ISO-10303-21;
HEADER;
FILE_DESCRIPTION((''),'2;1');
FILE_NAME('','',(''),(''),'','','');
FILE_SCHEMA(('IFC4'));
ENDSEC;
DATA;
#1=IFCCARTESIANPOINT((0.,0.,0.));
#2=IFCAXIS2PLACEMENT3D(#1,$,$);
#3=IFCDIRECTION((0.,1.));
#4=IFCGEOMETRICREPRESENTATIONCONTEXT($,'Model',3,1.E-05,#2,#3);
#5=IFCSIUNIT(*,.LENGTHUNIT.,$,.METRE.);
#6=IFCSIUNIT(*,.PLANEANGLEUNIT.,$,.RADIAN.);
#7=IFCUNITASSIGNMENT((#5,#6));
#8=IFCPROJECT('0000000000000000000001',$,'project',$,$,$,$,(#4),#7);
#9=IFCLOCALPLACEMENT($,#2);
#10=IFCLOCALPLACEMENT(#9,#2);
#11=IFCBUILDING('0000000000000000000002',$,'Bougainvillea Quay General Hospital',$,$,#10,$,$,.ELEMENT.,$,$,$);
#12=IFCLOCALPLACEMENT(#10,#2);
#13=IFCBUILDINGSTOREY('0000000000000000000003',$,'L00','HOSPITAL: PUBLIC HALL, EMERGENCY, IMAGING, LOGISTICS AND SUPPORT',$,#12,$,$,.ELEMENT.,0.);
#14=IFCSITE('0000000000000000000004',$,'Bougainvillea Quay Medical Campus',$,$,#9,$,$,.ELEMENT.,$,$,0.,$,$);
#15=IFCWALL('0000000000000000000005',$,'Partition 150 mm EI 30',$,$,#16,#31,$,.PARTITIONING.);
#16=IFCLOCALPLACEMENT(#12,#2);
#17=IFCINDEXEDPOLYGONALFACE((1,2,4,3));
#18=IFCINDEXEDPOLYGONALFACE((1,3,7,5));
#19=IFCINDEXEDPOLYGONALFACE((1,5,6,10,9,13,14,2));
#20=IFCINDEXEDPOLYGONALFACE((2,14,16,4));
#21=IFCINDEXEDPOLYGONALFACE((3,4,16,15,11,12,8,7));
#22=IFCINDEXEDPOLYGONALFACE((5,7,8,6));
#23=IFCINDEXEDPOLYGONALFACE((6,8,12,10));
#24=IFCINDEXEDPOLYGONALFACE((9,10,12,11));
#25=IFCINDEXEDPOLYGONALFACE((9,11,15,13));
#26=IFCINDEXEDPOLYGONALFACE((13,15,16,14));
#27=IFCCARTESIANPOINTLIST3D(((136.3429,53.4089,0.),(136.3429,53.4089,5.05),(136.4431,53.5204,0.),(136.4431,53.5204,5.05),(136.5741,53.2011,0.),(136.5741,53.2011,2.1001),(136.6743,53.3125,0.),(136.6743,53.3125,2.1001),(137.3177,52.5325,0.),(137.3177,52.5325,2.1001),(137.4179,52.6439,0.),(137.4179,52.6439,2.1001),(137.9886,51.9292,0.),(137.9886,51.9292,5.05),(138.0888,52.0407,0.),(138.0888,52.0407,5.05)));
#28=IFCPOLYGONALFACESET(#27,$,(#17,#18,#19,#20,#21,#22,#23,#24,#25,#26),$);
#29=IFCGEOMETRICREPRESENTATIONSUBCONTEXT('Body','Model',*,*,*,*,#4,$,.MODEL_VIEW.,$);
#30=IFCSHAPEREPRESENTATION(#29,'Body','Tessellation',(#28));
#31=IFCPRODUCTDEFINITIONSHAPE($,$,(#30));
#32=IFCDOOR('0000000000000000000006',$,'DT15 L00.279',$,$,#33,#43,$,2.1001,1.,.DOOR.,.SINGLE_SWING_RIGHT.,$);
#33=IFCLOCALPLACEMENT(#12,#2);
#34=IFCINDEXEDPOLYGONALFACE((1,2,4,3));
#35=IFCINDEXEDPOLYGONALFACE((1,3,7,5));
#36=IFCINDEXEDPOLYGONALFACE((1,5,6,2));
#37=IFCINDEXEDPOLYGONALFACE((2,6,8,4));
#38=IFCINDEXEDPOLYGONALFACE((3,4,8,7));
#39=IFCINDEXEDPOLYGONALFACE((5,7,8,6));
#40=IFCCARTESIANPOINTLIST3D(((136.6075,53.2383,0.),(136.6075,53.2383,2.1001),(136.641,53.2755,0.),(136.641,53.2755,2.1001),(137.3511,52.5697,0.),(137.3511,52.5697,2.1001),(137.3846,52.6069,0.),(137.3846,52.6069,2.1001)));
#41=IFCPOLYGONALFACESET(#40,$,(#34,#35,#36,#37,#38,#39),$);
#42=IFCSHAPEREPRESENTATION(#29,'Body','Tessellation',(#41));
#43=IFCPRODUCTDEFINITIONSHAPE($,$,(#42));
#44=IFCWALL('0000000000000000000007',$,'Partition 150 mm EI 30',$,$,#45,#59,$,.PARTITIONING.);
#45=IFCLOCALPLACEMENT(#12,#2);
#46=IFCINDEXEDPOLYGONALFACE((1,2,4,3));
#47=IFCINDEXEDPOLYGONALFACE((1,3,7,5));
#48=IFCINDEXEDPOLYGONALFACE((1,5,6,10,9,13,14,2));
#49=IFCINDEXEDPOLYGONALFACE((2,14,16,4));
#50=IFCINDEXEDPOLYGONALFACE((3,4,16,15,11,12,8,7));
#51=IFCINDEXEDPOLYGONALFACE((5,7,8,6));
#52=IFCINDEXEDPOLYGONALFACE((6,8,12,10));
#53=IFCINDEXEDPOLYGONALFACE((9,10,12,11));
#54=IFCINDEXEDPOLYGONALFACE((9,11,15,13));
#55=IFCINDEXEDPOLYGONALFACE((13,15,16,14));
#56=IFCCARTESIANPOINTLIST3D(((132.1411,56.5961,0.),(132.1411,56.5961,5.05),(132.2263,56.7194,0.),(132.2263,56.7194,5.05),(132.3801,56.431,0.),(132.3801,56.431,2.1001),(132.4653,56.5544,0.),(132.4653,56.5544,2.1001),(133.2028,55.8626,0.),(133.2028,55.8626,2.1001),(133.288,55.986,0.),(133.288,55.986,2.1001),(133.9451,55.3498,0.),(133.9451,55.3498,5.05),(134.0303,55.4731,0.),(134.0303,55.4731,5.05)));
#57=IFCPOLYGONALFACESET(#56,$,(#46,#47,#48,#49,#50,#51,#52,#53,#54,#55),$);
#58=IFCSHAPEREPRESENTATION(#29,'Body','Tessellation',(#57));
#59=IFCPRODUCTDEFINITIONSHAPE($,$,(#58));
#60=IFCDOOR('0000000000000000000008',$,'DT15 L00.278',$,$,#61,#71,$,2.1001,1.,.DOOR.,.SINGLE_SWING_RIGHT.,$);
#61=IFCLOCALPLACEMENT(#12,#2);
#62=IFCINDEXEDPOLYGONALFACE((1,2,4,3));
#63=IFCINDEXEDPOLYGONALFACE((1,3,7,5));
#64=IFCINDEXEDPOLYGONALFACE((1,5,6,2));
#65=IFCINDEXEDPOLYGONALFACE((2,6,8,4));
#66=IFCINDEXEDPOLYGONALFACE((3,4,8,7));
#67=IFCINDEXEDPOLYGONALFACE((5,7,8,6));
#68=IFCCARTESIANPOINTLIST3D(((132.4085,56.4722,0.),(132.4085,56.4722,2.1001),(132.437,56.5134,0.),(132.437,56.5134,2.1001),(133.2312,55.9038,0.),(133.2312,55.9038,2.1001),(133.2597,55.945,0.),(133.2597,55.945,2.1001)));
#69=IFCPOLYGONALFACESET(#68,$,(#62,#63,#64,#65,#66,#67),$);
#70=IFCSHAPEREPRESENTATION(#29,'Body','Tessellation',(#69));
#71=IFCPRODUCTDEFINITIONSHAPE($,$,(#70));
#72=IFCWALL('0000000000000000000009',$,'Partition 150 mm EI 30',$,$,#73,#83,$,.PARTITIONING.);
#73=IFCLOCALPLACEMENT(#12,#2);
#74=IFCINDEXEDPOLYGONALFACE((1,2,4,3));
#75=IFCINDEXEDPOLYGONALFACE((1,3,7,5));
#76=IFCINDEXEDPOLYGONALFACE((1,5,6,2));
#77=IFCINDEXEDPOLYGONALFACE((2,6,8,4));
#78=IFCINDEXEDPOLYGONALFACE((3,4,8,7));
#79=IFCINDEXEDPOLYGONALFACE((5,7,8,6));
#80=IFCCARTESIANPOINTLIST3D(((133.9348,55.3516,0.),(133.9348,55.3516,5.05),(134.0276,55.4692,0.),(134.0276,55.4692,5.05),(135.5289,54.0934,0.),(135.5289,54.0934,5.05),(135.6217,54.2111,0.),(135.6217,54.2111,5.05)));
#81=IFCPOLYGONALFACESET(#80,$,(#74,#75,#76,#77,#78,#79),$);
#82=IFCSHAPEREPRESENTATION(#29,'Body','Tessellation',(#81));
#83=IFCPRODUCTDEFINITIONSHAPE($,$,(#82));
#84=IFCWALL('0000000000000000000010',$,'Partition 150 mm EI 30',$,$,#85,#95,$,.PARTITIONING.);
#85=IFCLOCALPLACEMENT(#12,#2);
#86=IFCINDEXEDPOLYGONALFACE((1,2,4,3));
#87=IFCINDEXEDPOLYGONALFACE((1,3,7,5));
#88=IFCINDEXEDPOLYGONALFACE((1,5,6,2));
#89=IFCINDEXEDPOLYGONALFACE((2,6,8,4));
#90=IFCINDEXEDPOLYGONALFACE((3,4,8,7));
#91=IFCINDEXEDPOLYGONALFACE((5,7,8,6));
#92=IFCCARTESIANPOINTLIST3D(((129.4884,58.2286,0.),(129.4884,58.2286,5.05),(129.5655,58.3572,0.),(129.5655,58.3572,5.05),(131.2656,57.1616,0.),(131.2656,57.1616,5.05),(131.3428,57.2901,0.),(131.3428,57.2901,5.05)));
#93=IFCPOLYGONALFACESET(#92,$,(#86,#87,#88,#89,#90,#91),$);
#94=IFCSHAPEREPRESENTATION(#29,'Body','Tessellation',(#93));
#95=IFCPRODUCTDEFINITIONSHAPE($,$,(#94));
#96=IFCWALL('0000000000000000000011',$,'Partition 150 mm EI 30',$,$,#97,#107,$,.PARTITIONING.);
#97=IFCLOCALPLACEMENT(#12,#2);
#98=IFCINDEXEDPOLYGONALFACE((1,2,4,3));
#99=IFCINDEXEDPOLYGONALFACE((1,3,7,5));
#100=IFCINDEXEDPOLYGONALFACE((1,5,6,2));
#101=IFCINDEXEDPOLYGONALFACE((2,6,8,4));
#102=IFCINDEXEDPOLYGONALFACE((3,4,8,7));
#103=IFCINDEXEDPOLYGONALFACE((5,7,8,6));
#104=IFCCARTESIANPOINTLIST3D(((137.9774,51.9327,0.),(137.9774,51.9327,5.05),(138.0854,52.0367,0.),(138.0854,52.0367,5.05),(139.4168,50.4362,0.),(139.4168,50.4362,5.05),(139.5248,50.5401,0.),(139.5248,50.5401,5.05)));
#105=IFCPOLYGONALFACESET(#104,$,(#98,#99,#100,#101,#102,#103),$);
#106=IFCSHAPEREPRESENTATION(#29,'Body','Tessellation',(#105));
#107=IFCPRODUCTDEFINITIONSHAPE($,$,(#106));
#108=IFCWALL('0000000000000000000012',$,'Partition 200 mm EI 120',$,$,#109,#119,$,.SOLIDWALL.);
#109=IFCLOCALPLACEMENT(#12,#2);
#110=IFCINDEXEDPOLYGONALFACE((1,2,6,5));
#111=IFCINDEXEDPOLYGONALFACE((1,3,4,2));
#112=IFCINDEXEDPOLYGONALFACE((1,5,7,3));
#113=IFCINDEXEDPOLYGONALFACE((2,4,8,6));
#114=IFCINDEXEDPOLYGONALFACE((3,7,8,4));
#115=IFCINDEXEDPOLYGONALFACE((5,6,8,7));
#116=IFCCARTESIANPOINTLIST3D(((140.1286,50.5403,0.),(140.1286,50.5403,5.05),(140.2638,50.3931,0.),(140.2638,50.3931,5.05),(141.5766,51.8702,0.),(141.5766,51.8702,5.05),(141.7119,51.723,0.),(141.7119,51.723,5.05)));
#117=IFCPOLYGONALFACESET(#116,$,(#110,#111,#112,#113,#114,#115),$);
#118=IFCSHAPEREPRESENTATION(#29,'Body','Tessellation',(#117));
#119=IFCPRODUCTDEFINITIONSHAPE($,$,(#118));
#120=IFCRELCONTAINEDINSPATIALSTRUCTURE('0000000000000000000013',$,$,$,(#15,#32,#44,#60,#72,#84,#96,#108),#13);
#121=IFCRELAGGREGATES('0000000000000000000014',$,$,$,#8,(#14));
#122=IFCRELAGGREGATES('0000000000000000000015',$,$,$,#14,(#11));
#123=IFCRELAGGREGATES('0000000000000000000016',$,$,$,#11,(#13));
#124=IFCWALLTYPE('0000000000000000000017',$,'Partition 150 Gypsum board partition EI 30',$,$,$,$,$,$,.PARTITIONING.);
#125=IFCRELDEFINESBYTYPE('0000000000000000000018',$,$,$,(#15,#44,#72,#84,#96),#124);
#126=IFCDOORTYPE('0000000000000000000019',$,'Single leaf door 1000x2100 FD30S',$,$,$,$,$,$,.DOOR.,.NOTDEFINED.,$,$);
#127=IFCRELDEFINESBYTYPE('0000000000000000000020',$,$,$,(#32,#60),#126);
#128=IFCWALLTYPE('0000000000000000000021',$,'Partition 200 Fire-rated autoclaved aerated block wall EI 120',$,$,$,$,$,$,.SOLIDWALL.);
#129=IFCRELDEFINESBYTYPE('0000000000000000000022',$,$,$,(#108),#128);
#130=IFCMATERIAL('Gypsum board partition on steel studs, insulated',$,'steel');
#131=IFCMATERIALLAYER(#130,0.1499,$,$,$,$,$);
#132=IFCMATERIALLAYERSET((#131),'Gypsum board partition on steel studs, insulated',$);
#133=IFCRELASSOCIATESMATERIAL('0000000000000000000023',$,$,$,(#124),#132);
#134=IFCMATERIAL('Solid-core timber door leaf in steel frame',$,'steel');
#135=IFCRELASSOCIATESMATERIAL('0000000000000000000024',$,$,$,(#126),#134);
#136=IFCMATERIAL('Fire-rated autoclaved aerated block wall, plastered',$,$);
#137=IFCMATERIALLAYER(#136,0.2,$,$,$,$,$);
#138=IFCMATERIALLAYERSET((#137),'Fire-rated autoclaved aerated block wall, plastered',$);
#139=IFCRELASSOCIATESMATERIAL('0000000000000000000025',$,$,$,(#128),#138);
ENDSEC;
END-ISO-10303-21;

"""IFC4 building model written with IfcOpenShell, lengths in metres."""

from ifc_helpers import new_model, si_unit, direction, frame, frame_2d, origin, place, context, subcontext, project, spatial, rectangle, extrude, material, layer, layer_set, type_object, element, fill, save


model = new_model("IFC4")

# Units and contexts
model_context = context("Model", 3, precision=1e-05, world=origin(), true_north=direction((0.0, 1.0)))
body_context = subcontext(model_context, "Body", "Model", "MODEL_VIEW")
ifc_project = project(units=[si_unit("LENGTHUNIT", "METRE"), si_unit("PLANEANGLEUNIT", "RADIAN")], contexts=[model_context])

# Site, building, storey
site_placement = place(None, origin())
site = spatial("IfcSite", under=ifc_project, at=site_placement, Name="Bougainvillea Quay Medical Campus", CompositionType="ELEMENT", RefElevation=0.0)
building_placement = place(site_placement, origin())
building = spatial("IfcBuilding", under=site, at=building_placement, Name="Bougainvillea Quay General Hospital", CompositionType="ELEMENT")
storey_placement = place(building_placement, origin())
storey = spatial("IfcBuildingStorey", under=building, at=storey_placement, Name="L00", Description="HOSPITAL: PUBLIC HALL, EMERGENCY, IMAGING, LOGISTICS AND SUPPORT", CompositionType="ELEMENT", Elevation=0.0)

# Shared definitions
ifc_material_1 = material(Name="Gypsum board partition on steel studs, insulated", Category="steel")
ifc_layer_1 = layer(ifc_material_1, 0.1499)
ifc_layer_set_1 = layer_set([ifc_layer_1], Name="Gypsum board partition on steel studs, insulated")
wall_type_1 = type_object("IfcWallType", Name="Partition 150 Gypsum board partition EI 30", PredefinedType="PARTITIONING", material=ifc_layer_set_1)

# Walls, openings, doors
wall_1_placement = place(storey_placement, frame((136.3931, 53.4646, 0.0), z_axis=(0.0, 0.0, 1.0), x_axis=(0.743618, -0.668605, 0.0)))
wall_1 = element("IfcWall", 1, at=wall_1_placement, inside=storey, type_object=wall_type_1, Name="Partition 150 mm EI 30", PredefinedType="PARTITIONING", context=body_context, shape_type="SweptSolid", body=[
    extrude(rectangle(XDim=2.2131, YDim=0.1499, at=frame_2d((1.1064, 0.0))), origin(), (0.0, 0.0, 1.0), 5.05),
])
opening_1_placement = place(wall_1_placement, frame((0.3108, 0.0, 0.0)))
opening_1 = element("IfcOpeningElement", 2, at=opening_1_placement, cuts=wall_1, PredefinedType="OPENING", context=body_context, shape_type="SweptSolid", body=[
    extrude(rectangle(XDim=1.0, YDim=2.1001, at=frame_2d((0.5, 1.05))), frame((0.0, 0.085, 0.0), z_axis=(0.0, -1.0, 0.0), x_axis=(1.0, 0.0, 0.0)), (0.0, 0.0, 1.0), 0.1699),
])
ifc_material_2 = material(Name="Solid-core timber door leaf in steel frame", Category="steel")
door_type_1 = type_object("IfcDoorType", Name="Single leaf door 1000x2100 FD30S", OperationType="NOTDEFINED", PredefinedType="DOOR", material=ifc_material_2)
door_1_placement = place(opening_1_placement, frame((1.0, 0.0, 0.0), z_axis=(0.0, 0.0, 1.0), x_axis=(-1.0, 0.0, 0.0)))
door_1 = element("IfcDoor", 3, at=door_1_placement, inside=storey, type_object=door_type_1, Name="DT15 L00.279", OperationType="SINGLE_SWING_RIGHT", OverallHeight=2.1001, OverallWidth=1.0, PredefinedType="DOOR", context=body_context, shape_type="SweptSolid", body=[
    extrude(rectangle(XDim=1.0, YDim=2.1001, at=frame_2d((0.5, 1.05))), frame((0.0, 0.0249, 0.0), z_axis=(0.0, -1.0, 0.0), x_axis=(1.0, 0.0, 0.0)), (0.0, 0.0, 1.0), 0.05),
])
fill(opening_1, door_1)
wall_2_placement = place(storey_placement, frame((132.1838, 56.6577, 0.0), z_axis=(0.0, 0.0, 1.0), x_axis=(0.822737, -0.568422, 0.0)))
wall_2 = element("IfcWall", 4, at=wall_2_placement, inside=storey, type_object=wall_type_1, Name="Partition 150 mm EI 30", PredefinedType="PARTITIONING", context=body_context, shape_type="SweptSolid", body=[
    extrude(rectangle(XDim=2.1926, YDim=0.1499, at=frame_2d((1.0962, 0.0))), origin(), (0.0, 0.0, 1.0), 5.05),
])
opening_2_placement = place(wall_2_placement, frame((0.2903, 0.0, 0.0)))
opening_2 = element("IfcOpeningElement", 5, at=opening_2_placement, cuts=wall_2, PredefinedType="OPENING", context=body_context, shape_type="SweptSolid", body=[
    extrude(rectangle(XDim=1.0, YDim=2.1001, at=frame_2d((0.5, 1.05))), frame((0.0, 0.085, 0.0), z_axis=(0.0, -1.0, 0.0), x_axis=(1.0, 0.0, 0.0)), (0.0, 0.0, 1.0), 0.1699),
])
door_2_placement = place(opening_2_placement, frame((1.0, 0.0, 0.0), z_axis=(0.0, 0.0, 1.0), x_axis=(-1.0, 0.0, 0.0)))
door_2 = element("IfcDoor", 6, at=door_2_placement, inside=storey, type_object=door_type_1, Name="DT15 L00.278", OperationType="SINGLE_SWING_RIGHT", OverallHeight=2.1001, OverallWidth=1.0, PredefinedType="DOOR", context=body_context, shape_type="SweptSolid", body=[
    extrude(rectangle(XDim=1.0, YDim=2.1001, at=frame_2d((0.5, 1.05))), frame((0.0, 0.0249, 0.0), z_axis=(0.0, -1.0, 0.0), x_axis=(1.0, 0.0, 0.0)), (0.0, 0.0, 1.0), 0.05),
])
fill(opening_2, door_2)

# Walls
wall_3_placement = place(storey_placement, frame((133.9812, 55.4104, 0.0), z_axis=(0.0, 0.0, 1.0), x_axis=(0.784969, -0.619535, 0.0)))
element("IfcWall", 7, at=wall_3_placement, inside=storey, type_object=wall_type_1, Name="Partition 150 mm EI 30", PredefinedType="PARTITIONING", context=body_context, shape_type="SweptSolid", body=[
    extrude(rectangle(XDim=2.0308, YDim=0.1499, at=frame_2d((1.0154, 0.0))), origin(), (0.0, 0.0, 1.0), 5.05),
])
wall_4_placement = place(storey_placement, frame((129.5269, 58.293, 0.0), z_axis=(0.0, 0.0, 1.0), x_axis=(0.857337, -0.514756, 0.0)))
element("IfcWall", 8, at=wall_4_placement, inside=storey, type_object=wall_type_1, Name="Partition 150 mm EI 30", PredefinedType="PARTITIONING", context=body_context, shape_type="SweptSolid", body=[
    extrude(rectangle(XDim=2.073, YDim=0.1499, at=frame_2d((1.0366, 0.0))), origin(), (0.0, 0.0, 1.0), 5.05),
])
wall_5_placement = place(storey_placement, frame((138.0315, 51.9846, 0.0), z_axis=(0.0, 0.0, 1.0), x_axis=(0.693217, -0.720729, 0.0)))
element("IfcWall", 9, at=wall_5_placement, inside=storey, type_object=wall_type_1, Name="Partition 150 mm EI 30", PredefinedType="PARTITIONING", context=body_context, shape_type="SweptSolid", body=[
    extrude(rectangle(XDim=2.0764, YDim=0.1499, at=frame_2d((1.0381, 0.0))), origin(), (0.0, 0.0, 1.0), 5.05),
])
ifc_material_3 = material(Name="Fire-rated autoclaved aerated block wall, plastered")
ifc_layer_2 = layer(ifc_material_3, 0.2)
ifc_layer_set_2 = layer_set([ifc_layer_2], Name="Fire-rated autoclaved aerated block wall, plastered")
wall_type_2 = type_object("IfcWallType", Name="Partition 200 Fire-rated autoclaved aerated block wall EI 120", PredefinedType="SOLIDWALL", material=ifc_layer_set_2)
wall_6_placement = place(storey_placement, frame((140.1963, 50.4668, 0.0), z_axis=(0.0, 0.0, 1.0), x_axis=(0.73652, 0.676416, 0.0)))
element("IfcWall", 10, at=wall_6_placement, inside=storey, type_object=wall_type_2, Name="Partition 200 mm EI 120", PredefinedType="SOLIDWALL", context=body_context, shape_type="SweptSolid", body=[
    extrude(rectangle(XDim=1.9661, YDim=0.2, at=frame_2d((0.9829, 0.0))), origin(), (0.0, 0.0, 1.0), 5.05),
])

save(model, "model.ifc")
